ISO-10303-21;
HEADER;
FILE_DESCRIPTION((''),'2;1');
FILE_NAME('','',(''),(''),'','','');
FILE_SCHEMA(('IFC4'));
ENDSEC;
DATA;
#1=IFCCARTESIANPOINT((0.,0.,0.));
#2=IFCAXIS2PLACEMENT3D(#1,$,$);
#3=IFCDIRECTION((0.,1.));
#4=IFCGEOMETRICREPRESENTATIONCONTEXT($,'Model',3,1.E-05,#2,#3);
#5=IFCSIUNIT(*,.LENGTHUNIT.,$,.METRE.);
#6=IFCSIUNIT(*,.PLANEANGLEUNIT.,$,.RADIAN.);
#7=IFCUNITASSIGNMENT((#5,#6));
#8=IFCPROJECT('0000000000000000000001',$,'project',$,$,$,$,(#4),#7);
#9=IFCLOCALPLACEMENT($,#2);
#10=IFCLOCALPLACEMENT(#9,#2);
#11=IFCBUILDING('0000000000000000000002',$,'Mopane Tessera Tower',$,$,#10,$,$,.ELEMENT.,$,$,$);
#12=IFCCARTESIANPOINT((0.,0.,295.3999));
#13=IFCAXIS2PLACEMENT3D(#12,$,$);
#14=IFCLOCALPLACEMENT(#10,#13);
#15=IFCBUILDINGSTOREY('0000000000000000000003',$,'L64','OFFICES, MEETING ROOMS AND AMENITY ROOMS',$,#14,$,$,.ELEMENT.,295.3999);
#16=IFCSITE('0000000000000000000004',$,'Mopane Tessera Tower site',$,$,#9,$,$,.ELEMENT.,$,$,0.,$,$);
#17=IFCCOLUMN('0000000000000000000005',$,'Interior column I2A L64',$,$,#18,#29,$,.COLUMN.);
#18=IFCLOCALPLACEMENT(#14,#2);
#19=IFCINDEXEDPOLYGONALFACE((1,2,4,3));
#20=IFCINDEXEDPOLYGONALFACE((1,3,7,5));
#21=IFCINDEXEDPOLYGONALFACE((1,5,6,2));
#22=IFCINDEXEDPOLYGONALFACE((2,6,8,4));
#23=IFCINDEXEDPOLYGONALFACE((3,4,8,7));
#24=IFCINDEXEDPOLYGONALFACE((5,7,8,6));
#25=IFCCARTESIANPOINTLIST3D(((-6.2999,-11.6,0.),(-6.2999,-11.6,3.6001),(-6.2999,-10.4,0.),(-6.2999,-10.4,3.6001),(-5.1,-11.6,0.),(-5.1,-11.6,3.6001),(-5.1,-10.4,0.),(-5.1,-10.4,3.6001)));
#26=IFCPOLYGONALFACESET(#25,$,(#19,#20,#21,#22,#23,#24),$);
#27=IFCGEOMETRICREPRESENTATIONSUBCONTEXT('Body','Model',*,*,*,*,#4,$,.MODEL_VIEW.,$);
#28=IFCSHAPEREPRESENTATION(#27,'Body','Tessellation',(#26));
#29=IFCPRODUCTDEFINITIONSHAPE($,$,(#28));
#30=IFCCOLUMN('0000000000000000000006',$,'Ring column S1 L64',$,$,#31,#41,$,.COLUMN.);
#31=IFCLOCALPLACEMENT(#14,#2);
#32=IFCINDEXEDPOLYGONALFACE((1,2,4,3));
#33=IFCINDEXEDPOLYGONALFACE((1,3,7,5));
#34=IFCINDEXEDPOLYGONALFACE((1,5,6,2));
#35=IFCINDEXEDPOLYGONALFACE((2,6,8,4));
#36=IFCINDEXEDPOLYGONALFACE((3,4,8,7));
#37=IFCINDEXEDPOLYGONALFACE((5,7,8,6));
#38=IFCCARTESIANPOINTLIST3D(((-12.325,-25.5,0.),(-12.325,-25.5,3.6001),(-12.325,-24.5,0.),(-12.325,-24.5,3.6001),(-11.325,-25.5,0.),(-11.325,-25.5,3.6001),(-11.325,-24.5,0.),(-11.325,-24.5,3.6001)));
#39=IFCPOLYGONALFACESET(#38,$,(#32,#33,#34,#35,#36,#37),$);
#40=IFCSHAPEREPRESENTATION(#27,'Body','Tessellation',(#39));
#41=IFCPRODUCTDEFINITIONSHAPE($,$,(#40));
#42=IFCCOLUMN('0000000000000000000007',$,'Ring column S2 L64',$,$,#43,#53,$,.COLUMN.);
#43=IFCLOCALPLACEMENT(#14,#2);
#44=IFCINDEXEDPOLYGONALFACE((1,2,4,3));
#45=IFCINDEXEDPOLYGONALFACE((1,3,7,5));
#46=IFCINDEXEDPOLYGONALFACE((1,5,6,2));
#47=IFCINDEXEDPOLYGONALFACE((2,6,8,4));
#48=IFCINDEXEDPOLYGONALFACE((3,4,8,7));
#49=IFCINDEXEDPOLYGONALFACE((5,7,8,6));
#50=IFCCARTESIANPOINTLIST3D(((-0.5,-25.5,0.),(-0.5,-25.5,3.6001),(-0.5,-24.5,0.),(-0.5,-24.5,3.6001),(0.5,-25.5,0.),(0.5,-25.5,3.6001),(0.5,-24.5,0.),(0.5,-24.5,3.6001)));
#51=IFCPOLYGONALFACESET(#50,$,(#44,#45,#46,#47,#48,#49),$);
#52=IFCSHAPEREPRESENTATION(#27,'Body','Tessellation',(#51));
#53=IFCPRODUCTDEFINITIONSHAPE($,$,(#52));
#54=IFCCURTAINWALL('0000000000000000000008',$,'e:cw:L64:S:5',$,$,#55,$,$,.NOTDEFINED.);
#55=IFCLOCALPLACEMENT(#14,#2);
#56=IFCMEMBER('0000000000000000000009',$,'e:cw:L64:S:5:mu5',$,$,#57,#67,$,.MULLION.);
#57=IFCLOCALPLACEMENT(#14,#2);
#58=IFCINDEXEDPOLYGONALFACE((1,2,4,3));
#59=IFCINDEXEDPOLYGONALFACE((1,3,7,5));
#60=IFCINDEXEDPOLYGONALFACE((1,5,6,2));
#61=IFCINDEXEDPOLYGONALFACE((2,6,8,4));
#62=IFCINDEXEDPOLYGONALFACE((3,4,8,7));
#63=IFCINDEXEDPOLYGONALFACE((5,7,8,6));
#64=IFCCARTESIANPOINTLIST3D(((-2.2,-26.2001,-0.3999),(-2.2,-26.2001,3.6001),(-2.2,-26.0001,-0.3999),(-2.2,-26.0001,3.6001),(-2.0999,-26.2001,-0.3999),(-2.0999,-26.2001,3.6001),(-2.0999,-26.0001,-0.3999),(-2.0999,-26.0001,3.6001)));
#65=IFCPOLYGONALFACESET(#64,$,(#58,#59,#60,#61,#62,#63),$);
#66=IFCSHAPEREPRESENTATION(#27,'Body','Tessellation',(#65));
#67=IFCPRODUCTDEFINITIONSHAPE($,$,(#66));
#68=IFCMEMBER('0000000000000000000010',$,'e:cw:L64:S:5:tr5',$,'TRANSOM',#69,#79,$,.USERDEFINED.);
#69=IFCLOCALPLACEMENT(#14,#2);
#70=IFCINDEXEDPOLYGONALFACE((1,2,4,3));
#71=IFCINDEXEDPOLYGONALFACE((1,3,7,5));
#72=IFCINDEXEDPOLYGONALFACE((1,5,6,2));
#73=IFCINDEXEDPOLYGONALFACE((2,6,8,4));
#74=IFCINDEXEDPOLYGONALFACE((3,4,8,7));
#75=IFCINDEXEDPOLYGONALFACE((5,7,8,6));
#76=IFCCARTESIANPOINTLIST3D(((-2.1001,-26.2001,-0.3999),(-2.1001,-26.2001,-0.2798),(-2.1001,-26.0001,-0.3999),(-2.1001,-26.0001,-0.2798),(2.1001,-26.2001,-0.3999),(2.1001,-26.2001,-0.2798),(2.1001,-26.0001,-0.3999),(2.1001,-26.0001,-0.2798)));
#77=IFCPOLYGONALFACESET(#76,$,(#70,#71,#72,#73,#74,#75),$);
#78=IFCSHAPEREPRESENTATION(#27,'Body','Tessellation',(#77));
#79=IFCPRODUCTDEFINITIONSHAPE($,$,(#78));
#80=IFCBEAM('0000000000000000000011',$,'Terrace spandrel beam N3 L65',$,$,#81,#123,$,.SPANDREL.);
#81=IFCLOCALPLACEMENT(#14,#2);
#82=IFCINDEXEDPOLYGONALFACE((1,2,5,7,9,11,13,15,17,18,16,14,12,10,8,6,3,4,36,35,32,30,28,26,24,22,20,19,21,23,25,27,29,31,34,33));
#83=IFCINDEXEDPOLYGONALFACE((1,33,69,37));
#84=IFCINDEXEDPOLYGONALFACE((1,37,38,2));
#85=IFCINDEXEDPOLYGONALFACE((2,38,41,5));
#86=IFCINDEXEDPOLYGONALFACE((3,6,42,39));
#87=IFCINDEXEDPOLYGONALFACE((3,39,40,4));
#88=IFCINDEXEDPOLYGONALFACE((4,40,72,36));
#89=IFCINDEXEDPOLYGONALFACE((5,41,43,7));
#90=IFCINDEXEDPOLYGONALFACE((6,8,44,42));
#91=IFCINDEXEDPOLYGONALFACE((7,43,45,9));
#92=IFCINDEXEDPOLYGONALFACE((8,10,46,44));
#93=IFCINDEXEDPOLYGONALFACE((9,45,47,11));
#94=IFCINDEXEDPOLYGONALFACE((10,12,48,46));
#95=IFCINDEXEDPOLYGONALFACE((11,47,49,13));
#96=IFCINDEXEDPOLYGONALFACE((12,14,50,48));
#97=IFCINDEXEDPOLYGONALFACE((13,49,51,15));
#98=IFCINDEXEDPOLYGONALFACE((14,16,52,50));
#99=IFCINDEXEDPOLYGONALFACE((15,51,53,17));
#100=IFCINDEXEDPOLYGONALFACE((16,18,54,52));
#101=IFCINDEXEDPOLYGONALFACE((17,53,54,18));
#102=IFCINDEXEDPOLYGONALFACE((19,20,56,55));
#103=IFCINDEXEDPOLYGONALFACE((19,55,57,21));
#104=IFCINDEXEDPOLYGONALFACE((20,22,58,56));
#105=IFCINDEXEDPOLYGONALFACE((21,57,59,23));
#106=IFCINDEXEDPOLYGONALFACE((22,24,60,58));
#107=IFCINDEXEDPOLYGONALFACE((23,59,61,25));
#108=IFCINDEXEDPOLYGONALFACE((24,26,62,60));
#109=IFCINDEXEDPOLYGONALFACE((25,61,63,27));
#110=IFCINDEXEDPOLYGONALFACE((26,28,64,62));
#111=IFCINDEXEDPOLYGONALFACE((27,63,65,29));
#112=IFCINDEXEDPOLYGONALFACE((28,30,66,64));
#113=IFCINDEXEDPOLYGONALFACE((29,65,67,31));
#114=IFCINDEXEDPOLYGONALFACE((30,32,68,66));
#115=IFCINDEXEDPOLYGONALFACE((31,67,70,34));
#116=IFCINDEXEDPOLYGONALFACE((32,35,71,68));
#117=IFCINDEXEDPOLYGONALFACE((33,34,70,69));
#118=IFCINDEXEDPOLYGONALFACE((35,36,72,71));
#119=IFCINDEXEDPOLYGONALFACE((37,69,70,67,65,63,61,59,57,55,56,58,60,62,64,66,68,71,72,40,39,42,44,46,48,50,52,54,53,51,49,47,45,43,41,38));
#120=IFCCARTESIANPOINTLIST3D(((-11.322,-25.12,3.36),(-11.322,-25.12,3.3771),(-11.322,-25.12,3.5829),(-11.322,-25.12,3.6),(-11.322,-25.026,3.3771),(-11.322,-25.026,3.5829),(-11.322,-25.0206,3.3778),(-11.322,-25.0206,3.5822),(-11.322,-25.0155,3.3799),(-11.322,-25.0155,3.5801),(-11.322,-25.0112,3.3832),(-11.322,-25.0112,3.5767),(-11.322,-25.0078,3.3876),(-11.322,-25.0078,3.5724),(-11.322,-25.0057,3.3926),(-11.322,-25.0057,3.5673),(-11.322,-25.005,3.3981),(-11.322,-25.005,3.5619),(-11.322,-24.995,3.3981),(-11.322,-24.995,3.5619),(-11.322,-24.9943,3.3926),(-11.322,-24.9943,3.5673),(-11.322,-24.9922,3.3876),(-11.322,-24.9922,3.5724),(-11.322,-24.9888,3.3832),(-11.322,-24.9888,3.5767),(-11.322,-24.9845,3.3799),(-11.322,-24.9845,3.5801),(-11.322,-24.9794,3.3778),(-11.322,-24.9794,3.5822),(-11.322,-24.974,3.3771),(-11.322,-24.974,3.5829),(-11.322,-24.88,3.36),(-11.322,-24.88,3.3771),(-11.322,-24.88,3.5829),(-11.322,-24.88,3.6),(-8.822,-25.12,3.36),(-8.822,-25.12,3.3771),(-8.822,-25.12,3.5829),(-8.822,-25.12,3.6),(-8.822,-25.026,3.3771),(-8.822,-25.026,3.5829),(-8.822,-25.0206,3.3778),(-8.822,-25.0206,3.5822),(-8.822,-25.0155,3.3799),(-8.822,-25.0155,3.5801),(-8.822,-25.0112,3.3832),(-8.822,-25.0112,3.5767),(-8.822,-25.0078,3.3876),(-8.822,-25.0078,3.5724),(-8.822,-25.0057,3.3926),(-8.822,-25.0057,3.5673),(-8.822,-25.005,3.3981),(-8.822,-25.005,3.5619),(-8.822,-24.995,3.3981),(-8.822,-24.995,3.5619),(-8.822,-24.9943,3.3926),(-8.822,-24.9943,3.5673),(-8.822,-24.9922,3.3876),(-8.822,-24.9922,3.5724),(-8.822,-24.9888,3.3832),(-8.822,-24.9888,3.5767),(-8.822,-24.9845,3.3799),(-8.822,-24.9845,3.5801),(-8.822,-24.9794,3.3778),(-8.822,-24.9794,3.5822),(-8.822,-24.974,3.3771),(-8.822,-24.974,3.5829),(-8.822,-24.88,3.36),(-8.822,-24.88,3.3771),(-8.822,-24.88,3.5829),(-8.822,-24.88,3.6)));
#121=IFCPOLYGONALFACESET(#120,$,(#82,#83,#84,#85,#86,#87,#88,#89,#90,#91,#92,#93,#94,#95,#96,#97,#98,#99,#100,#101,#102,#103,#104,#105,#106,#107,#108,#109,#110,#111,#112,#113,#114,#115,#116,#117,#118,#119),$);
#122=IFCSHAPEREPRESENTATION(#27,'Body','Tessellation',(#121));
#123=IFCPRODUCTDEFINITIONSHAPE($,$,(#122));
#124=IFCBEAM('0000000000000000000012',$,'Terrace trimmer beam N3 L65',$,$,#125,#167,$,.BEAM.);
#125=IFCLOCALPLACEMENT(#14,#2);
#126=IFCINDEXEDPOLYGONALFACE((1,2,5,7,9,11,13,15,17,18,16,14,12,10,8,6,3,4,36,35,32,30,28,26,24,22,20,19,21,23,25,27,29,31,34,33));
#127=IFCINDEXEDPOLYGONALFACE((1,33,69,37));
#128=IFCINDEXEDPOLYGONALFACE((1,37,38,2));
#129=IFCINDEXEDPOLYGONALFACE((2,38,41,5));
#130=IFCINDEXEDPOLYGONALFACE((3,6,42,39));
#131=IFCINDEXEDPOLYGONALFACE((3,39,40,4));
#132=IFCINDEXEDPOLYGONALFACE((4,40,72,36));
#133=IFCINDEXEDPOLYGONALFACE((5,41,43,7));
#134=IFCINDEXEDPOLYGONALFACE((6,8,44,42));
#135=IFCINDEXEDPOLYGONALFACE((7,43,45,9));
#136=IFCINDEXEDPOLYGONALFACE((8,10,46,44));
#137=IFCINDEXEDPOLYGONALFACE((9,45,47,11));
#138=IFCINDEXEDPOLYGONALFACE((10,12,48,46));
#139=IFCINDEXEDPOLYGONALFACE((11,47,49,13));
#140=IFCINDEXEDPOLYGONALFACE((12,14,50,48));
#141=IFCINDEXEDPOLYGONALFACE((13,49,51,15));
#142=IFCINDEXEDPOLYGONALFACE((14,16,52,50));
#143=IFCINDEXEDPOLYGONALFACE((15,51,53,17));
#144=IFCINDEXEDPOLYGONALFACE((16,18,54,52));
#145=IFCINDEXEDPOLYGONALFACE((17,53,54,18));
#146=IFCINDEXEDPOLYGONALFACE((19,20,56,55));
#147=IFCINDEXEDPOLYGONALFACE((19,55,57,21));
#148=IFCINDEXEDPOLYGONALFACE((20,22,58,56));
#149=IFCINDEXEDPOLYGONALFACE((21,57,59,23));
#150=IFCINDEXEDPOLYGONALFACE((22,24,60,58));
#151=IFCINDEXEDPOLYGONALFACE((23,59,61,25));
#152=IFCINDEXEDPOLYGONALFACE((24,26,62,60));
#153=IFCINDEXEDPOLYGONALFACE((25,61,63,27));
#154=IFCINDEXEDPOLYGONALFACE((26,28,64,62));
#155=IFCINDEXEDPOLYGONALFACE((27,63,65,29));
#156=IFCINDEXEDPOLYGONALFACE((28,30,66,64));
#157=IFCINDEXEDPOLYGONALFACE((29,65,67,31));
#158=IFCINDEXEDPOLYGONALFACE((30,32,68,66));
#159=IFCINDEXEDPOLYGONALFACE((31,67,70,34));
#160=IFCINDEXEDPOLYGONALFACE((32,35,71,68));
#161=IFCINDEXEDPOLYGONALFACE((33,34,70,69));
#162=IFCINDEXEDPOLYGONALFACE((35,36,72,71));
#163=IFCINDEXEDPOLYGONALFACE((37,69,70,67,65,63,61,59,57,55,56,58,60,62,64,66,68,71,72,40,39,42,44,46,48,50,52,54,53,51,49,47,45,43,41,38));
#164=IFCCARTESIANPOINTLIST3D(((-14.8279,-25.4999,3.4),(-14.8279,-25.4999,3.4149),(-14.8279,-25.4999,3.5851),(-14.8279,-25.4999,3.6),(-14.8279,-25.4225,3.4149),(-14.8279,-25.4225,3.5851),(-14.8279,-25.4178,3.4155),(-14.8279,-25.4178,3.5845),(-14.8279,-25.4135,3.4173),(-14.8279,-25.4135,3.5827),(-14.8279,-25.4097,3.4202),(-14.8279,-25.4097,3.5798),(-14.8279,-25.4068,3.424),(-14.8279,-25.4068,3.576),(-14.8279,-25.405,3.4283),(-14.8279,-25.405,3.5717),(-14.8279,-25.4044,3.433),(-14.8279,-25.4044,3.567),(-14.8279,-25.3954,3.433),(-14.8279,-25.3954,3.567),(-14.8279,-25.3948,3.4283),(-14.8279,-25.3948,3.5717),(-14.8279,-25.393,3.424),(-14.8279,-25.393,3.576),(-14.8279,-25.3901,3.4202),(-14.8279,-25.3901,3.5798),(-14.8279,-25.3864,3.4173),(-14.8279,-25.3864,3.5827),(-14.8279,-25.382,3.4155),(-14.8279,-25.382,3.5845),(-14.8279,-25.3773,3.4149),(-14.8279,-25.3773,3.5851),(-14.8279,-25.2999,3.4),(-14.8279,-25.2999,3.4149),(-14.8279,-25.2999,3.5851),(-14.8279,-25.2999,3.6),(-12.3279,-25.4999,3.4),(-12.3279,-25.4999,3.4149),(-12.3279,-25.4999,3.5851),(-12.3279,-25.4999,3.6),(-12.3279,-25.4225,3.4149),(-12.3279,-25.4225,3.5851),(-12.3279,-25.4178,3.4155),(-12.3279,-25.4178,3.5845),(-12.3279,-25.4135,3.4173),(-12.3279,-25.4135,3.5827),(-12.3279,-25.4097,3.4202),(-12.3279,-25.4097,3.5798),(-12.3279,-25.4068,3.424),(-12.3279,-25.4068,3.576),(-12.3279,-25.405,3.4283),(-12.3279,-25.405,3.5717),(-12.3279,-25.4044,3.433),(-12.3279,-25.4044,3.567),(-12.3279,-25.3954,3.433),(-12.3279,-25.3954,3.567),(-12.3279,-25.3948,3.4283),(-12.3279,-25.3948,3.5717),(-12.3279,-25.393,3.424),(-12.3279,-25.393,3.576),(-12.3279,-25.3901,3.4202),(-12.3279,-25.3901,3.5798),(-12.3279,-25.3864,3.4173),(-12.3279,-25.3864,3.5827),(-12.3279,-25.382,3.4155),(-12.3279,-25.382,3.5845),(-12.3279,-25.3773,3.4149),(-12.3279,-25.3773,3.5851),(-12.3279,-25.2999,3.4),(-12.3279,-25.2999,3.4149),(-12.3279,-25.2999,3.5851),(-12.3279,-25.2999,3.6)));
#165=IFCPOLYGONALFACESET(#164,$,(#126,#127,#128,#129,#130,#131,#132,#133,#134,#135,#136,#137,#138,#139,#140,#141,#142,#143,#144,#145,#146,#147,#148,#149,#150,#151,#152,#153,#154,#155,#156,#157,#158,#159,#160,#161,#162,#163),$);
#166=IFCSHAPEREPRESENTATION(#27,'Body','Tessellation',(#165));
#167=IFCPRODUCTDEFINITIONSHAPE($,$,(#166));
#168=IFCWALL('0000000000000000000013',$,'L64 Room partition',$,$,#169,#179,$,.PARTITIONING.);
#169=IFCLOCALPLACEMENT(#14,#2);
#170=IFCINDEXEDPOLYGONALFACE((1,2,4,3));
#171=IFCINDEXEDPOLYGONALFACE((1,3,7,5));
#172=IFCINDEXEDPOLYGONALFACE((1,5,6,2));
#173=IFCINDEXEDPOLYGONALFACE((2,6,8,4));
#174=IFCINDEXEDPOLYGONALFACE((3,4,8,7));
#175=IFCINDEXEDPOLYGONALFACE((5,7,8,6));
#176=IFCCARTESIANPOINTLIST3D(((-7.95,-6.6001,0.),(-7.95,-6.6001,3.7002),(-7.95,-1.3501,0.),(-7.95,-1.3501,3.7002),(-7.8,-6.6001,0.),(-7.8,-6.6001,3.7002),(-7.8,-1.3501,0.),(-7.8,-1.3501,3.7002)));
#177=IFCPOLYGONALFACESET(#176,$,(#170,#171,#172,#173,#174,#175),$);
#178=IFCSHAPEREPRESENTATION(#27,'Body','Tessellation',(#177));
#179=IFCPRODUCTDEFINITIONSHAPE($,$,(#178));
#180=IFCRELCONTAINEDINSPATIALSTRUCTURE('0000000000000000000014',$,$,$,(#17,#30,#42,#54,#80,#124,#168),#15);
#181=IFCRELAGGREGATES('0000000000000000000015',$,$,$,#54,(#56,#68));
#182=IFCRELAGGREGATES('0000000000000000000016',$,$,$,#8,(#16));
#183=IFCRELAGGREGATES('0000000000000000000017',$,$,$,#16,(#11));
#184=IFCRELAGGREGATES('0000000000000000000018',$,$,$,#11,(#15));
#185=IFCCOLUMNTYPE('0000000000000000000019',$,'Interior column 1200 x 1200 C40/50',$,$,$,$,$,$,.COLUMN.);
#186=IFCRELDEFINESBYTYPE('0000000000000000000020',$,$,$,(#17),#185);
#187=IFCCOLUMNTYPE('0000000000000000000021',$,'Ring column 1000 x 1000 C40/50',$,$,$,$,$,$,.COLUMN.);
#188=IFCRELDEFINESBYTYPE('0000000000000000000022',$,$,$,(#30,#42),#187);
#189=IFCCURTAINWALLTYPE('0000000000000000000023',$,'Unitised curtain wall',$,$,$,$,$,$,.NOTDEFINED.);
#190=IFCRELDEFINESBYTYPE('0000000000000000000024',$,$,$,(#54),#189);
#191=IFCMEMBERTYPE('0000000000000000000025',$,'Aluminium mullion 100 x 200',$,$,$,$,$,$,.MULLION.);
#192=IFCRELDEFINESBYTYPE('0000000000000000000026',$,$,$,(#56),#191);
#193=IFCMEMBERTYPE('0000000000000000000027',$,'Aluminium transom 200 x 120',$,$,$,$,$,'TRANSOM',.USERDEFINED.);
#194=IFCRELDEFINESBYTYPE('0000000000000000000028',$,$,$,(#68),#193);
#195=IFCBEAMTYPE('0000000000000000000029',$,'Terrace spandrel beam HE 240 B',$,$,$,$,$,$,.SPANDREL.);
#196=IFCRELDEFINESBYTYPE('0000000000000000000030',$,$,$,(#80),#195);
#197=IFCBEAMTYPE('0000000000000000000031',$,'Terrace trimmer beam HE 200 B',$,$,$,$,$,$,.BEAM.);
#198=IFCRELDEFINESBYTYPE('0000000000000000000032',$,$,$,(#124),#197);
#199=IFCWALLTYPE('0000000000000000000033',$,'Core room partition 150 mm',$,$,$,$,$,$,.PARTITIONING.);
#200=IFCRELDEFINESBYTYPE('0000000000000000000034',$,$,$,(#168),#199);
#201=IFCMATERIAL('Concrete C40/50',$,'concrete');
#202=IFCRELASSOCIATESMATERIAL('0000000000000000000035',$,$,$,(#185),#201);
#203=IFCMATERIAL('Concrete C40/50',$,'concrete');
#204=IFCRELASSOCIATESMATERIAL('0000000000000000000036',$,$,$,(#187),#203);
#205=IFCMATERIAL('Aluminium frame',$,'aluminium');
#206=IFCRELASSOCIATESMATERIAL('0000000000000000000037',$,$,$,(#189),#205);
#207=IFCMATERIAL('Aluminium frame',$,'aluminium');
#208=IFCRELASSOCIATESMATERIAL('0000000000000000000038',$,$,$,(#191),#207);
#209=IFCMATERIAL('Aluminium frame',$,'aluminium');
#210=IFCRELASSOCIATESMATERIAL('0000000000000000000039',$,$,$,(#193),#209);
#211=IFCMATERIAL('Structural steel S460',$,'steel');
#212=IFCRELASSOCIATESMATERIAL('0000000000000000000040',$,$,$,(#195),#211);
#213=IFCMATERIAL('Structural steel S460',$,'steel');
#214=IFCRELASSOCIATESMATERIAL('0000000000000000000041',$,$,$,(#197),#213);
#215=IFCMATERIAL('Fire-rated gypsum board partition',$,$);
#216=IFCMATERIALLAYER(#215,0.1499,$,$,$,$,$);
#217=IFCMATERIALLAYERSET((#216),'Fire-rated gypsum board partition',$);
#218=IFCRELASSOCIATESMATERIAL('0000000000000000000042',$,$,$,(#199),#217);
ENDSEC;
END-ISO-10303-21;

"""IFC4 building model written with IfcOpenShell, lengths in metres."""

from ifc_helpers import new_model, si_unit, direction, frame, frame_2d, origin, origin_2d, place, context, subcontext, project, spatial, rectangle, i_section, extrude, material, layer, layer_set, material_profile, profile_set, type_object, element, aggregate, save


model = new_model("IFC4")

# Units and contexts
model_context = context("Model", 3, precision=1e-05, world=origin(), true_north=direction((0.0, 1.0)))
body_context = subcontext(model_context, "Body", "Model", "MODEL_VIEW")
ifc_project = project(units=[si_unit("LENGTHUNIT", "METRE"), si_unit("PLANEANGLEUNIT", "RADIAN")], contexts=[model_context])

# Site, building, storey
site_placement = place(None, origin())
site = spatial("IfcSite", under=ifc_project, at=site_placement, Name="Mopane Tessera Tower site", CompositionType="ELEMENT", RefElevation=0.0)
building_placement = place(site_placement, origin())
building = spatial("IfcBuilding", under=site, at=building_placement, Name="Mopane Tessera Tower", CompositionType="ELEMENT")
storey_placement = place(building_placement, frame((0.0, 0.0, 295.3999)))
storey = spatial("IfcBuildingStorey", under=building, at=storey_placement, Name="L64", Description="OFFICES, MEETING ROOMS AND AMENITY ROOMS", CompositionType="ELEMENT", Elevation=295.3999)

# Columns
ifc_material_1 = material(Name="Concrete C40/50", Category="concrete")
ifc_material_profile_1 = material_profile(ifc_material_1, rectangle(XDim=1.2, YDim=1.2, at=origin_2d()))
ifc_profile_set_1 = profile_set([ifc_material_profile_1], Name="Concrete C40/50")
column_type_1 = type_object("IfcColumnType", Name="Interior column 1200 x 1200 C40/50", PredefinedType="COLUMN", material=ifc_profile_set_1)
column_placement = place(storey_placement, frame((-5.7, -11.0, 0.0), z_axis=(0.0, 0.0, 1.0), x_axis=(1.0, 0.0, 0.0)))
element("IfcColumn", 1, at=column_placement, inside=storey, type_object=column_type_1, Name="Interior column I2A L64", PredefinedType="COLUMN", context=body_context, shape_type="SweptSolid", body=[
    extrude(rectangle(XDim=1.2, YDim=1.2, at=origin_2d()), origin(), (0.0, 0.0, 1.0), 3.6001),
])
ifc_material_2 = material(Name="Concrete C40/50", Category="concrete")
ifc_material_profile_2 = material_profile(ifc_material_2, rectangle(XDim=1.0, YDim=1.0, at=origin_2d()))
ifc_profile_set_2 = profile_set([ifc_material_profile_2], Name="Concrete C40/50")
column_type_2 = type_object("IfcColumnType", Name="Ring column 1000 x 1000 C40/50", PredefinedType="COLUMN", material=ifc_profile_set_2)
for number, where, z_axis, x_axis, name in (
    (2, (-11.825, -25.0, 0.0), (0.0, 0.0, 1.0), (1.0, 0.0, 0.0), "Ring column S1 L64"),
    (3, (0.0, -25.0, 0.0), (0.0, 0.0, 1.0), (1.0, 0.0, 0.0), "Ring column S2 L64"),
):
    element("IfcColumn", number, at=place(storey_placement, frame(where, z_axis=z_axis, x_axis=x_axis)), inside=storey, type_object=column_type_2, Name=name, PredefinedType="COLUMN", context=body_context, shape_type="SweptSolid", body=[
        extrude(rectangle(XDim=1.0, YDim=1.0, at=origin_2d()), origin(), (0.0, 0.0, 1.0), 3.6001),
    ])

# Curtain wall, members
ifc_material_3 = material(Name="Aluminium frame", Category="aluminium")
curtain_wall_type = type_object("IfcCurtainWallType", Name="Unitised curtain wall", PredefinedType="NOTDEFINED", material=ifc_material_3)
curtain_wall_placement = place(storey_placement, origin())
curtain_wall = element("IfcCurtainWall", 4, at=curtain_wall_placement, inside=storey, type_object=curtain_wall_type, Name="e:cw:L64:S:5", PredefinedType="NOTDEFINED")
ifc_material_4 = material(Name="Aluminium frame", Category="aluminium")
ifc_material_profile_3 = material_profile(ifc_material_4, rectangle(XDim=0.1001, YDim=0.2, at=origin_2d()))
ifc_profile_set_3 = profile_set([ifc_material_profile_3], Name="Aluminium frame")
member_type_1 = type_object("IfcMemberType", Name="Aluminium mullion 100 x 200", PredefinedType="MULLION", material=ifc_profile_set_3)
member_1_placement = place(storey_placement, frame((-2.1499, -26.1001, -0.3999), z_axis=(0.0, 0.0, 1.0), x_axis=(1.0, 0.0, 0.0)))
member_1 = element("IfcMember", 5, at=member_1_placement, type_object=member_type_1, Name="e:cw:L64:S:5:mu5", PredefinedType="MULLION", context=body_context, shape_type="SweptSolid", body=[
    extrude(rectangle(XDim=0.1001, YDim=0.2, at=origin_2d()), origin(), (0.0, 0.0, 1.0), 4.0),
])
ifc_material_5 = material(Name="Aluminium frame", Category="aluminium")
ifc_material_profile_4 = material_profile(ifc_material_5, rectangle(XDim=0.2, YDim=0.1201, at=origin_2d()))
ifc_profile_set_4 = profile_set([ifc_material_profile_4], Name="Aluminium frame")
member_type_2 = type_object("IfcMemberType", Name="Aluminium transom 200 x 120", ElementType="TRANSOM", PredefinedType="USERDEFINED", material=ifc_profile_set_4)
member_2_placement = place(storey_placement, frame((-2.1001, -26.1001, -0.3398), z_axis=(1.0, 0.0, 0.0), x_axis=(0.0, 1.0, 0.0)))
member_2 = element("IfcMember", 6, at=member_2_placement, type_object=member_type_2, Name="e:cw:L64:S:5:tr5", ObjectType="TRANSOM", PredefinedType="USERDEFINED", context=body_context, shape_type="SweptSolid", body=[
    extrude(rectangle(XDim=0.2, YDim=0.1201, at=origin_2d()), origin(), (0.0, 0.0, 1.0), 4.2002),
])
aggregate(curtain_wall, [member_1, member_2])

# Beams
ifc_material_6 = material(Name="Structural steel S460", Category="steel")
ifc_material_profile_5 = material_profile(ifc_material_6, i_section(OverallWidth=0.24, OverallDepth=0.24, WebThickness=0.01, FlangeThickness=0.0171, FilletRadius=0.021, at=origin_2d()))
ifc_profile_set_5 = profile_set([ifc_material_profile_5], Name="Structural steel S460")
beam_type_1 = type_object("IfcBeamType", Name="Terrace spandrel beam HE 240 B", PredefinedType="SPANDREL", material=ifc_profile_set_5)
beam_1_placement = place(storey_placement, frame((-11.322, -25.0, 3.48), z_axis=(1.0, 0.0, 0.0), x_axis=(0.0, 1.0, 0.0)))
element("IfcBeam", 7, at=beam_1_placement, inside=storey, type_object=beam_type_1, Name="Terrace spandrel beam N3 L65", PredefinedType="SPANDREL", context=body_context, shape_type="SweptSolid", body=[
    extrude(i_section(OverallWidth=0.24, OverallDepth=0.24, WebThickness=0.01, FlangeThickness=0.0171, FilletRadius=0.021, at=origin_2d()), origin(), (0.0, 0.0, 1.0), 2.5),
])
ifc_material_7 = material(Name="Structural steel S460", Category="steel")
ifc_material_profile_6 = material_profile(ifc_material_7, i_section(OverallWidth=0.2, OverallDepth=0.2, WebThickness=0.009, FlangeThickness=0.0149, FilletRadius=0.0181, at=origin_2d()))
ifc_profile_set_6 = profile_set([ifc_material_profile_6], Name="Structural steel S460")
beam_type_2 = type_object("IfcBeamType", Name="Terrace trimmer beam HE 200 B", PredefinedType="BEAM", material=ifc_profile_set_6)
beam_2_placement = place(storey_placement, frame((-12.3279, -25.3999, 3.5), z_axis=(-1.0, 0.0, 0.0), x_axis=(0.0, -1.0, 0.0)))
element("IfcBeam", 8, at=beam_2_placement, inside=storey, type_object=beam_type_2, Name="Terrace trimmer beam N3 L65", PredefinedType="BEAM", context=body_context, shape_type="SweptSolid", body=[
    extrude(i_section(OverallWidth=0.2, OverallDepth=0.2, WebThickness=0.009, FlangeThickness=0.0149, FilletRadius=0.0181, at=origin_2d()), origin(), (0.0, 0.0, 1.0), 2.5),
])

# Wall
ifc_material_8 = material(Name="Fire-rated gypsum board partition")
ifc_layer_1 = layer(ifc_material_8, 0.1499)
ifc_layer_set_1 = layer_set([ifc_layer_1], Name="Fire-rated gypsum board partition")
wall_type_1 = type_object("IfcWallType", Name="Core room partition 150 mm", PredefinedType="PARTITIONING", material=ifc_layer_set_1)
wall_1_placement = place(storey_placement, frame((-7.875, -6.6001, 0.0), z_axis=(0.0, 0.0, 1.0), x_axis=(0.0, 1.0, 0.0)))
element("IfcWall", 9, at=wall_1_placement, inside=storey, type_object=wall_type_1, Name="L64 Room partition", PredefinedType="PARTITIONING", context=body_context, shape_type="SweptSolid", body=[
    extrude(rectangle(XDim=5.25, YDim=0.1499, at=frame_2d((2.625, 0.0))), origin(), (0.0, 0.0, 1.0), 3.7002),
])

save(model, "model.ifc")
